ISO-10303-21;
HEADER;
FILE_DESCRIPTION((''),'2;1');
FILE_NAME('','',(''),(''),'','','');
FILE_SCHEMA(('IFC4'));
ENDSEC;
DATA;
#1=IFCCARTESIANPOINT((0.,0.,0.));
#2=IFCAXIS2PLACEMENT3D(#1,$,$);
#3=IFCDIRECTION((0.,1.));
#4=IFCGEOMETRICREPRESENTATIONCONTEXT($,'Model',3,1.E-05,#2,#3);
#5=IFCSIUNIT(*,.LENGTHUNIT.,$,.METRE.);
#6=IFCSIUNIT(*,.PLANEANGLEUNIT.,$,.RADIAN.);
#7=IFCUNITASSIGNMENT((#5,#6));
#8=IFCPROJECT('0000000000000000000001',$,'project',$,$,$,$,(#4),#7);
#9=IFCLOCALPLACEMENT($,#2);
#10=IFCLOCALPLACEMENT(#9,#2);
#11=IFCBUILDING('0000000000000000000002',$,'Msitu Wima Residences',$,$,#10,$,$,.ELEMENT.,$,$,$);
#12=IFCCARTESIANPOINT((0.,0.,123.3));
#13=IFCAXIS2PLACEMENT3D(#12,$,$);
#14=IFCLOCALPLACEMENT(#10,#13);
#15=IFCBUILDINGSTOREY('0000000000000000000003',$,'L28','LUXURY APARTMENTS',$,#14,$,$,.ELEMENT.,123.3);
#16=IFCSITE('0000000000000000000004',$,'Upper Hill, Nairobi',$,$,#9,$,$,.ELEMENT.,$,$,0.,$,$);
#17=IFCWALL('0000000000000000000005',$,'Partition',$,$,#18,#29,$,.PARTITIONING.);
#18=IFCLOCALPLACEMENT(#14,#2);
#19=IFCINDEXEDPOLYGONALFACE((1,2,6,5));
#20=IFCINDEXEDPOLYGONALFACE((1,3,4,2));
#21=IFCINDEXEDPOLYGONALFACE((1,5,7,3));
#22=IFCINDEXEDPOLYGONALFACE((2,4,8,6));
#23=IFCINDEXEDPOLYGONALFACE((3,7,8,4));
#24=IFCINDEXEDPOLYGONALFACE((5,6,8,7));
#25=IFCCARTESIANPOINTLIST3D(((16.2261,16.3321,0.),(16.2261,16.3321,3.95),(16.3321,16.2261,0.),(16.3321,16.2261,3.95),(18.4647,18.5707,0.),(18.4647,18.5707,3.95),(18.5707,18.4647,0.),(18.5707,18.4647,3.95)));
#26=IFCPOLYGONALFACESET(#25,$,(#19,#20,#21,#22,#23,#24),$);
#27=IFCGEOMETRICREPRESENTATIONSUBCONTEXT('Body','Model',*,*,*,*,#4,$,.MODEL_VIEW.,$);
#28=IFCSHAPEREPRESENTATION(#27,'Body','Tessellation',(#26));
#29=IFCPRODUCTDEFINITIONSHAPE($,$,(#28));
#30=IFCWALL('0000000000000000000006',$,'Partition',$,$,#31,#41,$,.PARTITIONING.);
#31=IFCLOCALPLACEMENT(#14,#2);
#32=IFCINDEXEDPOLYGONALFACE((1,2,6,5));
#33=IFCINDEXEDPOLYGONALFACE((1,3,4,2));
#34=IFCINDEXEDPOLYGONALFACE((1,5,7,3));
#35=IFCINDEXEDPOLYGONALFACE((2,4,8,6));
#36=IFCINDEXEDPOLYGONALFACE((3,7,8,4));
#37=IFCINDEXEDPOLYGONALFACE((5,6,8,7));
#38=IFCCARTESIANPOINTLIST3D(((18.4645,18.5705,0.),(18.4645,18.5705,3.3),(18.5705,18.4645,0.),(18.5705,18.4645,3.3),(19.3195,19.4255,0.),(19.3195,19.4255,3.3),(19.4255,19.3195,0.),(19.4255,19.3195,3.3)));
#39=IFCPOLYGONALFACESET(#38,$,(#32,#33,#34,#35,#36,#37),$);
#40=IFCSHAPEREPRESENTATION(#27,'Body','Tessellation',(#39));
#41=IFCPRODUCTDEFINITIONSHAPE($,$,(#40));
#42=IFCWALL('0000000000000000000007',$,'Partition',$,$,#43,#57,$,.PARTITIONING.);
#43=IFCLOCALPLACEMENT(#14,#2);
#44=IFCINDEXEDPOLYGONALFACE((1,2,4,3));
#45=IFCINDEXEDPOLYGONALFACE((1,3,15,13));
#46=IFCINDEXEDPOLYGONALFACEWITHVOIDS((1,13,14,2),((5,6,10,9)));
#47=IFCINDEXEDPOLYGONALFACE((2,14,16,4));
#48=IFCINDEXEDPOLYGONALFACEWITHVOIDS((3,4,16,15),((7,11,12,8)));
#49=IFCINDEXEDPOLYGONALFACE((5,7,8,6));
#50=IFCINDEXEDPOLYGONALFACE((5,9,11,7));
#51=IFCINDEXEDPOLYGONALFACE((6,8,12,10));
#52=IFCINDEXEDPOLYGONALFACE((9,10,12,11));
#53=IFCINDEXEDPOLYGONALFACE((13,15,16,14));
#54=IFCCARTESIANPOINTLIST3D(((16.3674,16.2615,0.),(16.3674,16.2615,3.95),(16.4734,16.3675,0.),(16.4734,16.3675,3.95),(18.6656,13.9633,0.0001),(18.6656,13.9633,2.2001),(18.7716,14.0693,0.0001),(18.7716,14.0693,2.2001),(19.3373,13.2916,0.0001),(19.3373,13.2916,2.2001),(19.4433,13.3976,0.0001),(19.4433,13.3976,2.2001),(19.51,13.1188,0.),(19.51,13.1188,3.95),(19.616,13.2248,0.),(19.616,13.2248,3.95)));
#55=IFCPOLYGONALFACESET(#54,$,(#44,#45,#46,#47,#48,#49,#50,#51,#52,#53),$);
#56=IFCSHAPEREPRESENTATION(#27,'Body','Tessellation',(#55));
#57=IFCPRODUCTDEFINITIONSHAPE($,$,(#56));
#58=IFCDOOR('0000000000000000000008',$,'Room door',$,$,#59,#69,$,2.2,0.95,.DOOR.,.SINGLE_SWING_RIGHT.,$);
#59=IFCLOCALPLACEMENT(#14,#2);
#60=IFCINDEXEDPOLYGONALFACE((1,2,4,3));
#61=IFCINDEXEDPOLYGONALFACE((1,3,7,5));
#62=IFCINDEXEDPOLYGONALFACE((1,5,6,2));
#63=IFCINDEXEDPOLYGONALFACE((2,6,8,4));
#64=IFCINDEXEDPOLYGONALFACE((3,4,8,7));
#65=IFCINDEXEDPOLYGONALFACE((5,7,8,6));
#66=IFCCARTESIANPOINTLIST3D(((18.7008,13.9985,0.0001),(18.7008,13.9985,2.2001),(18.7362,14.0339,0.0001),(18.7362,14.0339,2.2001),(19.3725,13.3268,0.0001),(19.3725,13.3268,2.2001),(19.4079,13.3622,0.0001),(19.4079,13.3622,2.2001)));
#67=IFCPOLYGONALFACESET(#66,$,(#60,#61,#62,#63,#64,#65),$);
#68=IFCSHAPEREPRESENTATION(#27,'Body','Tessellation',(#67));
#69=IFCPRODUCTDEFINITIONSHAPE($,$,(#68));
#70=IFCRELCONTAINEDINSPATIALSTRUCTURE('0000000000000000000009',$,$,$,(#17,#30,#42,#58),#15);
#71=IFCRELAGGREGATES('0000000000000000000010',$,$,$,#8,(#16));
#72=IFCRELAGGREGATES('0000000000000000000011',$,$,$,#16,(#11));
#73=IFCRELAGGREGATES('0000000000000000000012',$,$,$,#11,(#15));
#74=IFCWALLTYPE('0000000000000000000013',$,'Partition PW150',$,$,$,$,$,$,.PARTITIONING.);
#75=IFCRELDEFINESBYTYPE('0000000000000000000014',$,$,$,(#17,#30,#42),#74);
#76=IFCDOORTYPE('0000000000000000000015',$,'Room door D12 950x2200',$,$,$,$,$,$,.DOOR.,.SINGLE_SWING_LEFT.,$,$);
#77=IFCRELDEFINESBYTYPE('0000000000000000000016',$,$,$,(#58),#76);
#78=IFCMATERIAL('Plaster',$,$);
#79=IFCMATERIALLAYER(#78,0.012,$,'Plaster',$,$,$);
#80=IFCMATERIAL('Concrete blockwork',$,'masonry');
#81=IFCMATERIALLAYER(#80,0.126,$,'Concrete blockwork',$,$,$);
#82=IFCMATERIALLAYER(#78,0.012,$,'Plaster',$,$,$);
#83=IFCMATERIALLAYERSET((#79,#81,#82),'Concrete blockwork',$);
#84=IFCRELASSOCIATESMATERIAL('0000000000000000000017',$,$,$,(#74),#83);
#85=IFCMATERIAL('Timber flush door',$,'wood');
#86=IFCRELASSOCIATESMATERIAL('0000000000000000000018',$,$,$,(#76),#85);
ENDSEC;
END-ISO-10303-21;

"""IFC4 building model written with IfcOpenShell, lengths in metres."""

from ifc_helpers import new_model, si_unit, direction, frame, frame_2d, origin, place, context, subcontext, project, spatial, rectangle, extrude, material, layer, layer_set, type_object, element, fill, save


model = new_model("IFC4")

# Units and contexts
model_context = context("Model", 3, precision=1e-05, world=origin(), true_north=direction((0.0, 1.0)))
body_context = subcontext(model_context, "Body", "Model", "MODEL_VIEW")
ifc_project = project(units=[si_unit("LENGTHUNIT", "METRE"), si_unit("PLANEANGLEUNIT", "RADIAN")], contexts=[model_context])

# Site, building, storey
site_placement = place(None, origin())
site = spatial("IfcSite", under=ifc_project, at=site_placement, Name="Upper Hill, Nairobi", CompositionType="ELEMENT", RefElevation=0.0)
building_placement = place(site_placement, origin())
building = spatial("IfcBuilding", under=site, at=building_placement, Name="Msitu Wima Residences", CompositionType="ELEMENT")
storey_placement = place(building_placement, frame((0.0, 0.0, 123.3)))
storey = spatial("IfcBuildingStorey", under=building, at=storey_placement, Name="L28", Description="LUXURY APARTMENTS", CompositionType="ELEMENT", Elevation=123.3)

# Walls
ifc_material_1 = material(Name="Plaster")
ifc_layer_1 = layer(ifc_material_1, 0.012, Name="Plaster")
ifc_material_2 = material(Name="Concrete blockwork", Category="masonry")
ifc_layer_2 = layer(ifc_material_2, 0.126, Name="Concrete blockwork")
ifc_layer_3 = layer(ifc_material_1, 0.012, Name="Plaster")
ifc_layer_set_1 = layer_set([ifc_layer_1, ifc_layer_2, ifc_layer_3], Name="Concrete blockwork")
wall_type_1 = type_object("IfcWallType", Name="Partition PW150", PredefinedType="PARTITIONING", material=ifc_layer_set_1)
wall_1_placement = place(storey_placement, frame((16.2791, 16.2791, 0.0), z_axis=(0.0, 0.0, 1.0), x_axis=(0.707107, 0.707107, 0.0)))
element("IfcWall", 1, at=wall_1_placement, inside=storey, type_object=wall_type_1, Name="Partition", PredefinedType="PARTITIONING", context=body_context, shape_type="SweptSolid", body=[
    extrude(rectangle(XDim=3.1658, YDim=0.1499, at=frame_2d((1.583, 0.0))), origin(), (0.0, 0.0, 1.0), 3.95),
])
wall_2_placement = place(storey_placement, frame((18.5176, 18.5176, 0.0), z_axis=(0.0, 0.0, 1.0), x_axis=(0.707107, 0.707107, 0.0)))
element("IfcWall", 2, at=wall_2_placement, inside=storey, type_object=wall_type_1, Name="Partition", PredefinedType="PARTITIONING", context=body_context, shape_type="SweptSolid", body=[
    extrude(rectangle(XDim=1.2092, YDim=0.1499, at=frame_2d((0.6045, 0.0))), origin(), (0.0, 0.0, 1.0), 3.3),
])

# Wall, opening, door
wall_3_placement = place(storey_placement, frame((16.4204, 16.3145, 0.0), z_axis=(0.0, 0.0, 1.0), x_axis=(0.707107, -0.707107, 0.0)))
wall_3 = element("IfcWall", 3, at=wall_3_placement, inside=storey, type_object=wall_type_1, Name="Partition", PredefinedType="PARTITIONING", context=body_context, shape_type="SweptSolid", body=[
    extrude(rectangle(XDim=4.4443, YDim=0.1499, at=frame_2d((2.2222, 0.0))), origin(), (0.0, 0.0, 1.0), 3.95),
])
opening_1_placement = place(wall_3_placement, frame((3.25, 0.0, 0.0)))
opening_1 = element("IfcOpeningElement", 4, at=opening_1_placement, cuts=wall_3, PredefinedType="OPENING", context=body_context, shape_type="SweptSolid", body=[
    extrude(rectangle(XDim=0.95, YDim=2.2, at=frame_2d((0.4751, 1.1001))), frame((0.0, 0.085, 0.0), z_axis=(0.0, -1.0, 0.0), x_axis=(1.0, 0.0, 0.0)), (0.0, 0.0, 1.0), 0.1699),
])
ifc_material_3 = material(Name="Timber flush door", Category="wood")
door_type_1 = type_object("IfcDoorType", Name="Room door D12 950x2200", OperationType="SINGLE_SWING_LEFT", PredefinedType="DOOR", material=ifc_material_3)
door_1_placement = place(opening_1_placement, origin())
door_1 = element("IfcDoor", 5, at=door_1_placement, inside=storey, type_object=door_type_1, Name="Room door", OperationType="SINGLE_SWING_RIGHT", OverallHeight=2.2, OverallWidth=0.95, PredefinedType="DOOR", context=body_context, shape_type="SweptSolid", body=[
    extrude(rectangle(XDim=0.95, YDim=2.2, at=frame_2d((0.4751, 1.1001))), frame((0.0, 0.0249, 0.0), z_axis=(0.0, -1.0, 0.0), x_axis=(1.0, 0.0, 0.0)), (0.0, 0.0, 1.0), 0.05),
])
fill(opening_1, door_1)

save(model, "model.ifc")
